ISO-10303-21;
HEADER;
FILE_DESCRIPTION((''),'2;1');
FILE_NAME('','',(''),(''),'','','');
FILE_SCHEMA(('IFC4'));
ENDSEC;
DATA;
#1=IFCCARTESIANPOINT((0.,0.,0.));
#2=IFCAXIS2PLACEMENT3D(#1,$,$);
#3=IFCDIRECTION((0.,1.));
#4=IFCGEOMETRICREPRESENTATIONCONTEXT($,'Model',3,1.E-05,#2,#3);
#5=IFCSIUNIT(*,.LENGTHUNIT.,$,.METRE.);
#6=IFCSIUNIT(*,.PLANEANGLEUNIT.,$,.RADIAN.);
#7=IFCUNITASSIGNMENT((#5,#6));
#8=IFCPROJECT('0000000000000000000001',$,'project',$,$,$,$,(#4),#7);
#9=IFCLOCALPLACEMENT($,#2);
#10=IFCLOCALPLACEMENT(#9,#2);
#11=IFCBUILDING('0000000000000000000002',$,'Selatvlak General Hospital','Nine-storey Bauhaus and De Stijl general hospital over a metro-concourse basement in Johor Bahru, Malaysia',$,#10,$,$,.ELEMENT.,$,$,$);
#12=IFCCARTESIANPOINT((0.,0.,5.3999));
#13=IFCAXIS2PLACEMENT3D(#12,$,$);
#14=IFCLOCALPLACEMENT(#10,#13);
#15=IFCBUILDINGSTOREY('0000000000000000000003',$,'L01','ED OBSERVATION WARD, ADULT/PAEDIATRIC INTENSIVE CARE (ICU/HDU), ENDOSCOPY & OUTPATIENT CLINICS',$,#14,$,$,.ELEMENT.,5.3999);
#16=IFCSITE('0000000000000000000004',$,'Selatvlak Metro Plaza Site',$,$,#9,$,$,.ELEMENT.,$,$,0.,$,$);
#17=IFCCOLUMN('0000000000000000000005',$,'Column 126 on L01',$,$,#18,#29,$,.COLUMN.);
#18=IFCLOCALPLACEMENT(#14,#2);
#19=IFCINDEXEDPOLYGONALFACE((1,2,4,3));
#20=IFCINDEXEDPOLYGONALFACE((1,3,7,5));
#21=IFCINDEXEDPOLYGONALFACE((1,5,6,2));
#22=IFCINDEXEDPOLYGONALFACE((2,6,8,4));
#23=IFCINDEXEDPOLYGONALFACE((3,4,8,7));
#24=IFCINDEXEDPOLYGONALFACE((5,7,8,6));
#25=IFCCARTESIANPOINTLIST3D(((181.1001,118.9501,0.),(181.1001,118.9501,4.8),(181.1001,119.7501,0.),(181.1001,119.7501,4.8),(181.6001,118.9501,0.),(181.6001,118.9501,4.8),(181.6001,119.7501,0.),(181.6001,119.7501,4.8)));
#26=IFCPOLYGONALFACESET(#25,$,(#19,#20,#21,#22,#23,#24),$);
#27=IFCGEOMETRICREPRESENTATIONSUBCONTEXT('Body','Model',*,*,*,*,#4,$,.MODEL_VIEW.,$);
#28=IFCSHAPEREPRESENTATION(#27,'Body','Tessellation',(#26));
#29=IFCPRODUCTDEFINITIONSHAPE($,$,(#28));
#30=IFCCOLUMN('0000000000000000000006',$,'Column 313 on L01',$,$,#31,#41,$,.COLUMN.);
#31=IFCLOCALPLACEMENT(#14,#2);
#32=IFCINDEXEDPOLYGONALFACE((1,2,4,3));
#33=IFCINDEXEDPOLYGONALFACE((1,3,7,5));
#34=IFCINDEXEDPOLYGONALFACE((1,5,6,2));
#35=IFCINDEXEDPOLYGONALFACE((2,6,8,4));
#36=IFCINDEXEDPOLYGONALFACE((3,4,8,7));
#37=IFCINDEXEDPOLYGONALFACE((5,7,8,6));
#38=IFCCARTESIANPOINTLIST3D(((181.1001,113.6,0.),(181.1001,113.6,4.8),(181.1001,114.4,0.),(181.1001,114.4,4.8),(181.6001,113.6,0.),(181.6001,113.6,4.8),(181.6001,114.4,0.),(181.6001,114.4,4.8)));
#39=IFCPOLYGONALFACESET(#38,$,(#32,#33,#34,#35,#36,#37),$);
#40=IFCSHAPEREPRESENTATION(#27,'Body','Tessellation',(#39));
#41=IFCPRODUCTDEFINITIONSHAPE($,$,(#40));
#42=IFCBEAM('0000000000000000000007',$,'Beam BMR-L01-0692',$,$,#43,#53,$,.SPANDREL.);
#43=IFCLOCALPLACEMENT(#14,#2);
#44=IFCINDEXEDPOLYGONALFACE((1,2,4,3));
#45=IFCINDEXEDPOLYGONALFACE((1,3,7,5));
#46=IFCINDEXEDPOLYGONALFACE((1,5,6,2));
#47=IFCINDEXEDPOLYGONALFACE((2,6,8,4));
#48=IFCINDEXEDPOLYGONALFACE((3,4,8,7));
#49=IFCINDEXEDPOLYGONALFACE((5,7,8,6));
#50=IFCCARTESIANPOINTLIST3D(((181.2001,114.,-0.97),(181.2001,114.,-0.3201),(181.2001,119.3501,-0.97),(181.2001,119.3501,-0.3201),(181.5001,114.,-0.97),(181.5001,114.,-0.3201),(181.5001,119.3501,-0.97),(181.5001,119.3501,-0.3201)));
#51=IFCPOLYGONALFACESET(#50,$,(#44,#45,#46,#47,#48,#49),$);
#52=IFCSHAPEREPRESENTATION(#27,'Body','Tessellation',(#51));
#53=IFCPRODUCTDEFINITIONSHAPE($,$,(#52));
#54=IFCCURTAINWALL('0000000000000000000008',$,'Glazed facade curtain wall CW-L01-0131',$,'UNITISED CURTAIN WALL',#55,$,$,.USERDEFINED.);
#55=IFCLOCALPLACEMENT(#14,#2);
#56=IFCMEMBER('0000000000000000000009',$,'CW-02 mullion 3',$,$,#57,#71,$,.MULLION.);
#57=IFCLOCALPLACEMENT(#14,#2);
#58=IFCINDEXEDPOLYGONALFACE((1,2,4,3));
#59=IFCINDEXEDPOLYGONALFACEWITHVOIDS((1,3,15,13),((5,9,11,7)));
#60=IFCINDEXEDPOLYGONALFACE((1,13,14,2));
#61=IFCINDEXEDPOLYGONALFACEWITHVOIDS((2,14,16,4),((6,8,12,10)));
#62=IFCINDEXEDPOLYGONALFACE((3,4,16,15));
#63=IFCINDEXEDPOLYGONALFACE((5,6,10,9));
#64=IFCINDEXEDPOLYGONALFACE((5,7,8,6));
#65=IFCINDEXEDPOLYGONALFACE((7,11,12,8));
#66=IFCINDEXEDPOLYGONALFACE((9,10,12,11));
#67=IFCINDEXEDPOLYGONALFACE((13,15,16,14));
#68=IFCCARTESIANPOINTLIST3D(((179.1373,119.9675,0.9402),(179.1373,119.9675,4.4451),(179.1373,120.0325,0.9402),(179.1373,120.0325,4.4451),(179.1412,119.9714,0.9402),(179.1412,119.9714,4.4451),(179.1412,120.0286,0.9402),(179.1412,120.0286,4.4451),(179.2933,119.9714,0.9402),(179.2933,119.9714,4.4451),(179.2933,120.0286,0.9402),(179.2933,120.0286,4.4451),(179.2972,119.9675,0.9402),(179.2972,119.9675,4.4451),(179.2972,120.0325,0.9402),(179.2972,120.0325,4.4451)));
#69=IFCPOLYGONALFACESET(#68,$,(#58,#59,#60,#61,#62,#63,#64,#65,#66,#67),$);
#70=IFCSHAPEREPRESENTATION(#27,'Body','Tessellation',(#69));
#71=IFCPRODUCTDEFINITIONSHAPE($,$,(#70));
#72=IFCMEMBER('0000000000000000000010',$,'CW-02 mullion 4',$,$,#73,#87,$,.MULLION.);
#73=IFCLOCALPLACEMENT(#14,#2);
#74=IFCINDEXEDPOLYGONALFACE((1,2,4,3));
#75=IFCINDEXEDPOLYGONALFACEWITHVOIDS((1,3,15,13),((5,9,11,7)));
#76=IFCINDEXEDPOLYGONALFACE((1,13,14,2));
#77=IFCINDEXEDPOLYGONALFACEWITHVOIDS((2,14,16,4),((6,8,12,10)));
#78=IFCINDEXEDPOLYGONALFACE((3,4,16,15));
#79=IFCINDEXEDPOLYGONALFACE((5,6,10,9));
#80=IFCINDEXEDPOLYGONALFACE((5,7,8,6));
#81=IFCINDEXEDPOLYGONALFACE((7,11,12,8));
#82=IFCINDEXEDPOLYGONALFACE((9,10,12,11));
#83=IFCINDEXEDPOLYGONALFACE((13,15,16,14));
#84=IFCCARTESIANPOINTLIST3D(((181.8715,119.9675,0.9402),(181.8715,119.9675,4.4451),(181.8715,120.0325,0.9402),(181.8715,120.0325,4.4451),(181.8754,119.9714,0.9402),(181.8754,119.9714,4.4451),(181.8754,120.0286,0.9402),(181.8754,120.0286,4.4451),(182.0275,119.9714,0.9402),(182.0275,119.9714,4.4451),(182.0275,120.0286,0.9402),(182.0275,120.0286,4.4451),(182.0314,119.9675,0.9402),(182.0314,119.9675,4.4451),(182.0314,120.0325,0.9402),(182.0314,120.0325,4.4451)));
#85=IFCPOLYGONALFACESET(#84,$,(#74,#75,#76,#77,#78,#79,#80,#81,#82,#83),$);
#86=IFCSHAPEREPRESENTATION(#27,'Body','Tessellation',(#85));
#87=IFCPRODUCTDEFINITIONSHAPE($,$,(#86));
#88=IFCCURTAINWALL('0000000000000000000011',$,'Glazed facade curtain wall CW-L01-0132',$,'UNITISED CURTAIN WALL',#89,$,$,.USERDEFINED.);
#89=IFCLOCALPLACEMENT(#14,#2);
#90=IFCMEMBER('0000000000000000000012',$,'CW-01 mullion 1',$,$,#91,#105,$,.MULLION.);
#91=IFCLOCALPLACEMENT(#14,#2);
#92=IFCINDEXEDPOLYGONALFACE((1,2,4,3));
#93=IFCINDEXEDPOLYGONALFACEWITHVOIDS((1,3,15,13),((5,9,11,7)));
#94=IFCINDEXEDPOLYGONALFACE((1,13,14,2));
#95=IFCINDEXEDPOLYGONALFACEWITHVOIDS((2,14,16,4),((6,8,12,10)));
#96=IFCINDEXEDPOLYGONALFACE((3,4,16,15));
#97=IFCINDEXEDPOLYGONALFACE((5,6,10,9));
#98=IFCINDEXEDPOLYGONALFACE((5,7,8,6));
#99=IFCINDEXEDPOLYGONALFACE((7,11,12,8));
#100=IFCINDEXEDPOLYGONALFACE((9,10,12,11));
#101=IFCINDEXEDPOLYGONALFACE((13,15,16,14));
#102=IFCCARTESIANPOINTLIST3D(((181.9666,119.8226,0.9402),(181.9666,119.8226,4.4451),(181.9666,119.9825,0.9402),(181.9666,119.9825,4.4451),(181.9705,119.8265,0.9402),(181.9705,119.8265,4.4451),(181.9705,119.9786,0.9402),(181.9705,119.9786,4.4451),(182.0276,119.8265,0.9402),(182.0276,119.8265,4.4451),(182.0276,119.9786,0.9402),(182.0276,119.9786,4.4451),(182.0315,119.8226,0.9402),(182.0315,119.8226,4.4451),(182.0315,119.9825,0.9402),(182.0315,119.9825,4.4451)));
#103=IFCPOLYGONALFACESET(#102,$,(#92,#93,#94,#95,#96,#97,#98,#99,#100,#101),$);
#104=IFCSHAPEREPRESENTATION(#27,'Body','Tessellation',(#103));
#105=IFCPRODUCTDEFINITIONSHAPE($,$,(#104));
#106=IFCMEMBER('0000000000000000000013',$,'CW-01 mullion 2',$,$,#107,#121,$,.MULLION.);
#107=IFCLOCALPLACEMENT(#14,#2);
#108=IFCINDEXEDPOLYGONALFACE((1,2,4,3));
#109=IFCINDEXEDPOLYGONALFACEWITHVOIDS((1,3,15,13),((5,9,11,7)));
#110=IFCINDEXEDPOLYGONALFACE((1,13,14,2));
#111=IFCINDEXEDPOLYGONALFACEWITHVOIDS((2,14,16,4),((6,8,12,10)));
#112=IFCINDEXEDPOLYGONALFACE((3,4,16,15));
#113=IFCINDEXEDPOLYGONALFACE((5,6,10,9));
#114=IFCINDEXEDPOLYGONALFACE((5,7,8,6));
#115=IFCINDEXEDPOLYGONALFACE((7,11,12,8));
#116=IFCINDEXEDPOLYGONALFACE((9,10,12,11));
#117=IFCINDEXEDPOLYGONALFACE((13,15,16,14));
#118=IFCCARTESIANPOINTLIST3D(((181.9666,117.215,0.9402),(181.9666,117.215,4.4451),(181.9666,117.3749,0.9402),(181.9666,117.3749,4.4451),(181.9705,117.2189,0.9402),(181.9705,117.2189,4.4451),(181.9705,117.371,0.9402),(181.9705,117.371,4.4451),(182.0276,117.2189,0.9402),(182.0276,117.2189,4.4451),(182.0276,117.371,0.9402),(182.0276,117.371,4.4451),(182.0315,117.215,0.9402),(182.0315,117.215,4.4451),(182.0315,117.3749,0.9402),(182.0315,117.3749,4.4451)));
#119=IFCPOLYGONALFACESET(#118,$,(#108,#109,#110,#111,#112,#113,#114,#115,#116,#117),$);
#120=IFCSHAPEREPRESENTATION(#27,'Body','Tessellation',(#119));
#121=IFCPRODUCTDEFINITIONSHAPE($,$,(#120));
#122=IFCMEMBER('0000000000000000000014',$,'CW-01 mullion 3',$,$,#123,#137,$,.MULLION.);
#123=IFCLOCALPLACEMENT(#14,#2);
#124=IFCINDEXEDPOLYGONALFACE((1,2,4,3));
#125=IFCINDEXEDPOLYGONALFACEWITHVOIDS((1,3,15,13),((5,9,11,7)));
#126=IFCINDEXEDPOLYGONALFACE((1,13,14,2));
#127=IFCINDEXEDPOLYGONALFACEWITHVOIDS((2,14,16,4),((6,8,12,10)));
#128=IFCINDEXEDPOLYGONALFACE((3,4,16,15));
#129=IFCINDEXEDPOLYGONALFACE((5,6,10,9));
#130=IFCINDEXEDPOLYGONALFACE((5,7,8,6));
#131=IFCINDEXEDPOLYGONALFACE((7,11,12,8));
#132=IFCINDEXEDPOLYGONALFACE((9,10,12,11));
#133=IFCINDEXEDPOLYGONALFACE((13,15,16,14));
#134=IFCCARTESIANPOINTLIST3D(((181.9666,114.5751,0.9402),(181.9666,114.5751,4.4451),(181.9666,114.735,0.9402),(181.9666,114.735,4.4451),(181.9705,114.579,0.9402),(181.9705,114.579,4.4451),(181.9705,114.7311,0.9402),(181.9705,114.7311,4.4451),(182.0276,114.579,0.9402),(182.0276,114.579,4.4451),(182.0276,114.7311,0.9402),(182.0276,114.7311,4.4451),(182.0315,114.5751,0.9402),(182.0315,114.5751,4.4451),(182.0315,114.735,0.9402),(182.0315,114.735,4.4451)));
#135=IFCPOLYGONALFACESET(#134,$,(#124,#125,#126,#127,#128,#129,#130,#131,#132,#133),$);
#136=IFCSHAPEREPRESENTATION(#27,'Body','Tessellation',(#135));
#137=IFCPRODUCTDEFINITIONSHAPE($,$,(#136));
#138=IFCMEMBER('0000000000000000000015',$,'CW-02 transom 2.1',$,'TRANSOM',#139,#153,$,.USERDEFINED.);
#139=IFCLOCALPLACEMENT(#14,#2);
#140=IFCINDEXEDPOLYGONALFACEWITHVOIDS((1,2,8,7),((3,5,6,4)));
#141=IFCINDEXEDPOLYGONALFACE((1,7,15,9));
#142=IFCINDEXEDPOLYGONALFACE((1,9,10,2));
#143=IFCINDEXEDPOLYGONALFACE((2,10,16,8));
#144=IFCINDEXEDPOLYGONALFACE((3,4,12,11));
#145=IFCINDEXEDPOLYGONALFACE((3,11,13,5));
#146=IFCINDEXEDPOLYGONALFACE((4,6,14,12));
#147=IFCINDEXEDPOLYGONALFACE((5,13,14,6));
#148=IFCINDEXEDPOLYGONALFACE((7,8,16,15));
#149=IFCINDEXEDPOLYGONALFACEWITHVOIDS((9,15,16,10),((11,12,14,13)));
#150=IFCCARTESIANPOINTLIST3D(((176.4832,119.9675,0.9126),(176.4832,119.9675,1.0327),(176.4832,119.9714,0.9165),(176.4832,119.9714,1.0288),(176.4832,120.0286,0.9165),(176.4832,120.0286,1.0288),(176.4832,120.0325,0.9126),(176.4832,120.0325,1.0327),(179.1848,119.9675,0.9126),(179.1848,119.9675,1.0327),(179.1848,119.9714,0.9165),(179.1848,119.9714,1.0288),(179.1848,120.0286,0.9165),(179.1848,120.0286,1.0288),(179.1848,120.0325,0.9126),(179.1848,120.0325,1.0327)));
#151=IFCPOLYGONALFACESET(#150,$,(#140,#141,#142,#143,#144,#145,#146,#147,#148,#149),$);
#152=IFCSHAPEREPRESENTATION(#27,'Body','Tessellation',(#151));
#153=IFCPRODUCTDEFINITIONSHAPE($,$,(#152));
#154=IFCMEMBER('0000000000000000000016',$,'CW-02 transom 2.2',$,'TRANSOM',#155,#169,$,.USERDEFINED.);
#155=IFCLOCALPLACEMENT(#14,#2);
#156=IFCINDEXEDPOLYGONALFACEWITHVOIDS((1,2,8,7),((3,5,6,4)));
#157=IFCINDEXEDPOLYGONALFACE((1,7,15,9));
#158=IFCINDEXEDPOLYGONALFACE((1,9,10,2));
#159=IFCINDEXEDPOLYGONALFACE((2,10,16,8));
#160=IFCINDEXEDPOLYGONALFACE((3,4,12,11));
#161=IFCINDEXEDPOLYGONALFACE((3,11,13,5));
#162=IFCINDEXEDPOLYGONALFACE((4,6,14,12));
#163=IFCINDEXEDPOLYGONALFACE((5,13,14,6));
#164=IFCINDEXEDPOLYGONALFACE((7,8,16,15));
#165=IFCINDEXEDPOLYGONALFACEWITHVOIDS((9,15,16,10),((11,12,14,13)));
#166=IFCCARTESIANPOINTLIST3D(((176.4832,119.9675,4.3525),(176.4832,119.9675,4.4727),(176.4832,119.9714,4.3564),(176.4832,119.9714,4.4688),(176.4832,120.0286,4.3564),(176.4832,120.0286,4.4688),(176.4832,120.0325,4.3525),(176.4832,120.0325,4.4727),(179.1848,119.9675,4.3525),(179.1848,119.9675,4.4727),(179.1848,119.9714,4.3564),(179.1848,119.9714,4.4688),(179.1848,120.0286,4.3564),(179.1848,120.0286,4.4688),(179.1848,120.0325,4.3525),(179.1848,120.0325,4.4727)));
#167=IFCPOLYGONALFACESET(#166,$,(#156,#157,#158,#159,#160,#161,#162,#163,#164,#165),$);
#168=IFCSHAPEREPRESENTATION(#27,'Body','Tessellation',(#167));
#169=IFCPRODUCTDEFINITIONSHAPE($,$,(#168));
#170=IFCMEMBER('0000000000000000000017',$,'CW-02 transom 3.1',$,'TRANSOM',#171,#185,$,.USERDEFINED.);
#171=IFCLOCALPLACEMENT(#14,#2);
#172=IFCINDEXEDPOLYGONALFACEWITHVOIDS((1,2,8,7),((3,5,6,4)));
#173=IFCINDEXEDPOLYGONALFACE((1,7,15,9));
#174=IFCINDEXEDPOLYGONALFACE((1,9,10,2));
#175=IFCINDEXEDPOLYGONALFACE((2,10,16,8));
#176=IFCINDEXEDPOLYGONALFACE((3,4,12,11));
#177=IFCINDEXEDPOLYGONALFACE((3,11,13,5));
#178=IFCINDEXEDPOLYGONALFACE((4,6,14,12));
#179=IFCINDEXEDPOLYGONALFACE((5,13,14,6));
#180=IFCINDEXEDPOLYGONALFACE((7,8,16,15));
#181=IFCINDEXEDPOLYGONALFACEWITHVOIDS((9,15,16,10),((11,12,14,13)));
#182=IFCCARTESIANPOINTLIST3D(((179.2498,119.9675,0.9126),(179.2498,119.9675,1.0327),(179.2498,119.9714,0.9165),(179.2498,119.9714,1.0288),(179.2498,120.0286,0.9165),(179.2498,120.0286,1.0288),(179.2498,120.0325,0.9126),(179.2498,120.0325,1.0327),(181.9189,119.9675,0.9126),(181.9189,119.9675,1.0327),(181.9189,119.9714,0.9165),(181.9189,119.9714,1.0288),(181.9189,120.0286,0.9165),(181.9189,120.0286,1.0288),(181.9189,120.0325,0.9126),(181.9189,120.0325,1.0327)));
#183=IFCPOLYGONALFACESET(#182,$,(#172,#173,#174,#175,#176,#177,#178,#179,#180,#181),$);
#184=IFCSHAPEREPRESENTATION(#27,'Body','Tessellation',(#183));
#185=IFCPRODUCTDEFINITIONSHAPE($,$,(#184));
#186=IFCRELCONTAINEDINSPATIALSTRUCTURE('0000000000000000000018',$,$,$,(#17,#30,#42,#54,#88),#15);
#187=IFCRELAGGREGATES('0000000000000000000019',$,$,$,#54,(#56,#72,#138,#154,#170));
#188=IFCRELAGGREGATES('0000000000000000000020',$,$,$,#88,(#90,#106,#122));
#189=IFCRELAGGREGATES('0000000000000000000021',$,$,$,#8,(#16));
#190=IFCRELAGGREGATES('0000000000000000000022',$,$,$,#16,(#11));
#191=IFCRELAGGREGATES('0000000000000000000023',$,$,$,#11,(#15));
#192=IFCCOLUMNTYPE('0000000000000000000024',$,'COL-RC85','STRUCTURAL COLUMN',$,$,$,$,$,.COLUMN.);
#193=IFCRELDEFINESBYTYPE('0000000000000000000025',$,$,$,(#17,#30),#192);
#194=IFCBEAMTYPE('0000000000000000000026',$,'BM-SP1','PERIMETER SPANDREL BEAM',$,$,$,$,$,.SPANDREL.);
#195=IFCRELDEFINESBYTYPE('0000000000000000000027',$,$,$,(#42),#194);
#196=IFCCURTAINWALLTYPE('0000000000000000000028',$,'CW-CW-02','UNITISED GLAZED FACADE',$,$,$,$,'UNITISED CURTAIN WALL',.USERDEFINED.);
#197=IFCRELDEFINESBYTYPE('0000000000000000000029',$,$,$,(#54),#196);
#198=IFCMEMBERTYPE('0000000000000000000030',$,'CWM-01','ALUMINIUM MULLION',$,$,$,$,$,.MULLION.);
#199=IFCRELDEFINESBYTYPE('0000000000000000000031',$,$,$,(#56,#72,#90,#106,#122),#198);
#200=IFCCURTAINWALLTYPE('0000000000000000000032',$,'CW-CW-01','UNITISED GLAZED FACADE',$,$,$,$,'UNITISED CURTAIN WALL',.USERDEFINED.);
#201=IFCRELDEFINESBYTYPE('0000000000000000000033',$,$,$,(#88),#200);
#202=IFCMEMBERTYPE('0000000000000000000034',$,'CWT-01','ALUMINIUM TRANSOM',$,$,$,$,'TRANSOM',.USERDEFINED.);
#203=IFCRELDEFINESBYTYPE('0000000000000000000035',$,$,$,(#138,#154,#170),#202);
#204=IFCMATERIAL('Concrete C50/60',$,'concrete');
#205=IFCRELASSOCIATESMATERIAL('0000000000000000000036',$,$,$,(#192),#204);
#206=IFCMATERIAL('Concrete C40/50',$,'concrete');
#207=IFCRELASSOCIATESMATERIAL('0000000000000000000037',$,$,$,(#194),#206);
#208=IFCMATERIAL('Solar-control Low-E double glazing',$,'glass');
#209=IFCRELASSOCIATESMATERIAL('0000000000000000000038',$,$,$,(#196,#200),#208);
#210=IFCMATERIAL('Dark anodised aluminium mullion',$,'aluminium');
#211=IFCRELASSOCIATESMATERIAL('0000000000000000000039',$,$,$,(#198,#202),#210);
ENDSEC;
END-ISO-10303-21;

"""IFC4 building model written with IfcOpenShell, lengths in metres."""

from ifc_helpers import new_model, si_unit, direction, frame, origin, origin_2d, place, context, subcontext, project, spatial, rectangle, hollow_rectangle, extrude, material, material_profile, profile_set, type_object, element, aggregate, save


model = new_model("IFC4")

# Units and contexts
model_context = context("Model", 3, precision=1e-05, world=origin(), true_north=direction((0.0, 1.0)))
body_context = subcontext(model_context, "Body", "Model", "MODEL_VIEW")
ifc_project = project(units=[si_unit("LENGTHUNIT", "METRE"), si_unit("PLANEANGLEUNIT", "RADIAN")], contexts=[model_context])

# Site, building, storey
site_placement = place(None, origin())
site = spatial("IfcSite", under=ifc_project, at=site_placement, Name="Selatvlak Metro Plaza Site", CompositionType="ELEMENT", RefElevation=0.0)
building_placement = place(site_placement, origin())
building = spatial("IfcBuilding", under=site, at=building_placement, Name="Selatvlak General Hospital", Description="Nine-storey Bauhaus and De Stijl general hospital over a metro-concourse basement in Johor Bahru, Malaysia", CompositionType="ELEMENT")
storey_placement = place(building_placement, frame((0.0, 0.0, 5.3999)))
storey = spatial("IfcBuildingStorey", under=building, at=storey_placement, Name="L01", Description="ED OBSERVATION WARD, ADULT/PAEDIATRIC INTENSIVE CARE (ICU/HDU), ENDOSCOPY & OUTPATIENT CLINICS", CompositionType="ELEMENT", Elevation=5.3999)

# Columns
ifc_material_1 = material(Name="Concrete C50/60", Category="concrete")
ifc_material_profile_1 = material_profile(ifc_material_1, rectangle(XDim=0.5, YDim=0.8, at=origin_2d()), Name="RC-COL 800x500")
ifc_profile_set_1 = profile_set([ifc_material_profile_1], Name="Concrete C50/60")
column_type = type_object("IfcColumnType", Name="COL-RC85", Description="STRUCTURAL COLUMN", PredefinedType="COLUMN", material=ifc_profile_set_1)
for number, where, z_axis, x_axis, name in (
    (1, (181.3501, 119.3501, 0.0), (0.0, 0.0, 1.0), (1.0, 0.0, 0.0), "Column 126 on L01"),
    (2, (181.3501, 114.0, 0.0), (0.0, 0.0, 1.0), (1.0, 0.0, 0.0), "Column 313 on L01"),
):
    element("IfcColumn", number, at=place(storey_placement, frame(where, z_axis=z_axis, x_axis=x_axis)), inside=storey, type_object=column_type, Name=name, PredefinedType="COLUMN", context=body_context, shape_type="SweptSolid", body=[
        extrude(rectangle(XDim=0.5, YDim=0.8, at=origin_2d()), origin(), (0.0, 0.0, 1.0), 4.8),
    ])

# Beam
ifc_material_2 = material(Name="Concrete C40/50", Category="concrete")
ifc_material_profile_2 = material_profile(ifc_material_2, rectangle(XDim=0.3, YDim=0.6499, at=origin_2d()), Name="RC-SP 300x650")
ifc_profile_set_2 = profile_set([ifc_material_profile_2], Name="Concrete C40/50")
beam_type = type_object("IfcBeamType", Name="BM-SP1", Description="PERIMETER SPANDREL BEAM", PredefinedType="SPANDREL", material=ifc_profile_set_2)
beam_placement = place(storey_placement, frame((181.3501, 114.0, -0.645), z_axis=(0.0, 1.0, 0.0), x_axis=(-1.0, 0.0, 0.0)))
element("IfcBeam", 3, at=beam_placement, inside=storey, type_object=beam_type, Name="Beam BMR-L01-0692", PredefinedType="SPANDREL", context=body_context, shape_type="SweptSolid", body=[
    extrude(rectangle(XDim=0.3, YDim=0.6499, at=origin_2d()), origin(), (0.0, 0.0, 1.0), 5.3501),
])

# Curtain walls, members
ifc_material_3 = material(Name="Solar-control Low-E double glazing", Category="glass")
curtain_wall_type_1 = type_object("IfcCurtainWallType", Name="CW-CW-02", Description="UNITISED GLAZED FACADE", ElementType="UNITISED CURTAIN WALL", PredefinedType="USERDEFINED", material=ifc_material_3)
curtain_wall_1_placement = place(storey_placement, origin())
curtain_wall_1 = element("IfcCurtainWall", 4, at=curtain_wall_1_placement, inside=storey, type_object=curtain_wall_type_1, Name="Glazed facade curtain wall CW-L01-0131", ObjectType="UNITISED CURTAIN WALL", PredefinedType="USERDEFINED")
ifc_material_4 = material(Name="Dark anodised aluminium mullion", Category="aluminium")
ifc_material_profile_3 = material_profile(ifc_material_4, hollow_rectangle(XDim=0.0649, YDim=0.1599, WallThickness=0.0039, at=origin_2d()), Name="AL-MUL 65x160x4")
ifc_profile_set_3 = profile_set([ifc_material_profile_3], Name="Dark anodised aluminium mullion")
member_type_1 = type_object("IfcMemberType", Name="CWM-01", Description="ALUMINIUM MULLION", PredefinedType="MULLION", material=ifc_profile_set_3)
member_1_placement = place(storey_placement, frame((179.2173, 120.0, 0.9402), z_axis=(0.0, 0.0, 1.0), x_axis=(0.0, 1.0, 0.0)))
member_1 = element("IfcMember", 5, at=member_1_placement, type_object=member_type_1, Name="CW-02 mullion 3", PredefinedType="MULLION", context=body_context, shape_type="SweptSolid", body=[
    extrude(hollow_rectangle(XDim=0.0649, YDim=0.1599, WallThickness=0.0039, at=origin_2d()), origin(), (0.0, 0.0, 1.0), 3.5049),
])
member_2_placement = place(storey_placement, frame((181.9514, 120.0, 0.9402), z_axis=(0.0, 0.0, 1.0), x_axis=(0.0, 1.0, 0.0)))
member_2 = element("IfcMember", 6, at=member_2_placement, type_object=member_type_1, Name="CW-02 mullion 4", PredefinedType="MULLION", context=body_context, shape_type="SweptSolid", body=[
    extrude(hollow_rectangle(XDim=0.0649, YDim=0.1599, WallThickness=0.0039, at=origin_2d()), origin(), (0.0, 0.0, 1.0), 3.5049),
])
curtain_wall_type_2 = type_object("IfcCurtainWallType", Name="CW-CW-01", Description="UNITISED GLAZED FACADE", ElementType="UNITISED CURTAIN WALL", PredefinedType="USERDEFINED", material=ifc_material_3)
curtain_wall_2_placement = place(storey_placement, origin())
curtain_wall_2 = element("IfcCurtainWall", 7, at=curtain_wall_2_placement, inside=storey, type_object=curtain_wall_type_2, Name="Glazed facade curtain wall CW-L01-0132", ObjectType="UNITISED CURTAIN WALL", PredefinedType="USERDEFINED")
member_3_placement = place(storey_placement, frame((181.999, 119.9026, 0.9402), z_axis=(0.0, 0.0, 1.0), x_axis=(1.0, 0.0, 0.0)))
member_3 = element("IfcMember", 8, at=member_3_placement, type_object=member_type_1, Name="CW-01 mullion 1", PredefinedType="MULLION", context=body_context, shape_type="SweptSolid", body=[
    extrude(hollow_rectangle(XDim=0.0649, YDim=0.1599, WallThickness=0.0039, at=origin_2d()), origin(), (0.0, 0.0, 1.0), 3.5049),
])
member_4_placement = place(storey_placement, frame((181.999, 117.2949, 0.9402), z_axis=(0.0, 0.0, 1.0), x_axis=(1.0, 0.0, 0.0)))
member_4 = element("IfcMember", 9, at=member_4_placement, type_object=member_type_1, Name="CW-01 mullion 2", PredefinedType="MULLION", context=body_context, shape_type="SweptSolid", body=[
    extrude(hollow_rectangle(XDim=0.0649, YDim=0.1599, WallThickness=0.0039, at=origin_2d()), origin(), (0.0, 0.0, 1.0), 3.5049),
])
member_5_placement = place(storey_placement, frame((181.999, 114.655, 0.9402), z_axis=(0.0, 0.0, 1.0), x_axis=(1.0, 0.0, 0.0)))
member_5 = element("IfcMember", 10, at=member_5_placement, type_object=member_type_1, Name="CW-01 mullion 3", PredefinedType="MULLION", context=body_context, shape_type="SweptSolid", body=[
    extrude(hollow_rectangle(XDim=0.0649, YDim=0.1599, WallThickness=0.0039, at=origin_2d()), origin(), (0.0, 0.0, 1.0), 3.5049),
])

# Members
ifc_material_profile_4 = material_profile(ifc_material_4, hollow_rectangle(XDim=0.0649, YDim=0.1201, WallThickness=0.0039, at=origin_2d()), Name="AL-TRN 65x120x4")
ifc_profile_set_4 = profile_set([ifc_material_profile_4], Name="Dark anodised aluminium mullion")
member_type_2 = type_object("IfcMemberType", Name="CWT-01", Description="ALUMINIUM TRANSOM", ElementType="TRANSOM", PredefinedType="USERDEFINED", material=ifc_profile_set_4)
member_6_placement = place(storey_placement, frame((176.4832, 120.0, 0.9727), z_axis=(1.0, 0.0, 0.0), x_axis=(0.0, 1.0, 0.0)))
member_6 = element("IfcMember", 11, at=member_6_placement, type_object=member_type_2, Name="CW-02 transom 2.1", ObjectType="TRANSOM", PredefinedType="USERDEFINED", context=body_context, shape_type="SweptSolid", body=[
    extrude(hollow_rectangle(XDim=0.0649, YDim=0.1201, WallThickness=0.0039, at=origin_2d()), origin(), (0.0, 0.0, 1.0), 2.7017),
])
member_7_placement = place(storey_placement, frame((176.4832, 120.0, 4.4126), z_axis=(1.0, 0.0, 0.0), x_axis=(0.0, 1.0, 0.0)))
member_7 = element("IfcMember", 12, at=member_7_placement, type_object=member_type_2, Name="CW-02 transom 2.2", ObjectType="TRANSOM", PredefinedType="USERDEFINED", context=body_context, shape_type="SweptSolid", body=[
    extrude(hollow_rectangle(XDim=0.0649, YDim=0.1201, WallThickness=0.0039, at=origin_2d()), origin(), (0.0, 0.0, 1.0), 2.7017),
])
member_8_placement = place(storey_placement, frame((179.2498, 120.0, 0.9727), z_axis=(1.0, 0.0, 0.0), x_axis=(0.0, 1.0, 0.0)))
member_8 = element("IfcMember", 13, at=member_8_placement, type_object=member_type_2, Name="CW-02 transom 3.1", ObjectType="TRANSOM", PredefinedType="USERDEFINED", context=body_context, shape_type="SweptSolid", body=[
    extrude(hollow_rectangle(XDim=0.0649, YDim=0.1201, WallThickness=0.0039, at=origin_2d()), origin(), (0.0, 0.0, 1.0), 2.6692),
])

aggregate(curtain_wall_1, [member_1, member_2, member_6, member_7, member_8])
aggregate(curtain_wall_2, [member_3, member_4, member_5])

save(model, "model.ifc")
